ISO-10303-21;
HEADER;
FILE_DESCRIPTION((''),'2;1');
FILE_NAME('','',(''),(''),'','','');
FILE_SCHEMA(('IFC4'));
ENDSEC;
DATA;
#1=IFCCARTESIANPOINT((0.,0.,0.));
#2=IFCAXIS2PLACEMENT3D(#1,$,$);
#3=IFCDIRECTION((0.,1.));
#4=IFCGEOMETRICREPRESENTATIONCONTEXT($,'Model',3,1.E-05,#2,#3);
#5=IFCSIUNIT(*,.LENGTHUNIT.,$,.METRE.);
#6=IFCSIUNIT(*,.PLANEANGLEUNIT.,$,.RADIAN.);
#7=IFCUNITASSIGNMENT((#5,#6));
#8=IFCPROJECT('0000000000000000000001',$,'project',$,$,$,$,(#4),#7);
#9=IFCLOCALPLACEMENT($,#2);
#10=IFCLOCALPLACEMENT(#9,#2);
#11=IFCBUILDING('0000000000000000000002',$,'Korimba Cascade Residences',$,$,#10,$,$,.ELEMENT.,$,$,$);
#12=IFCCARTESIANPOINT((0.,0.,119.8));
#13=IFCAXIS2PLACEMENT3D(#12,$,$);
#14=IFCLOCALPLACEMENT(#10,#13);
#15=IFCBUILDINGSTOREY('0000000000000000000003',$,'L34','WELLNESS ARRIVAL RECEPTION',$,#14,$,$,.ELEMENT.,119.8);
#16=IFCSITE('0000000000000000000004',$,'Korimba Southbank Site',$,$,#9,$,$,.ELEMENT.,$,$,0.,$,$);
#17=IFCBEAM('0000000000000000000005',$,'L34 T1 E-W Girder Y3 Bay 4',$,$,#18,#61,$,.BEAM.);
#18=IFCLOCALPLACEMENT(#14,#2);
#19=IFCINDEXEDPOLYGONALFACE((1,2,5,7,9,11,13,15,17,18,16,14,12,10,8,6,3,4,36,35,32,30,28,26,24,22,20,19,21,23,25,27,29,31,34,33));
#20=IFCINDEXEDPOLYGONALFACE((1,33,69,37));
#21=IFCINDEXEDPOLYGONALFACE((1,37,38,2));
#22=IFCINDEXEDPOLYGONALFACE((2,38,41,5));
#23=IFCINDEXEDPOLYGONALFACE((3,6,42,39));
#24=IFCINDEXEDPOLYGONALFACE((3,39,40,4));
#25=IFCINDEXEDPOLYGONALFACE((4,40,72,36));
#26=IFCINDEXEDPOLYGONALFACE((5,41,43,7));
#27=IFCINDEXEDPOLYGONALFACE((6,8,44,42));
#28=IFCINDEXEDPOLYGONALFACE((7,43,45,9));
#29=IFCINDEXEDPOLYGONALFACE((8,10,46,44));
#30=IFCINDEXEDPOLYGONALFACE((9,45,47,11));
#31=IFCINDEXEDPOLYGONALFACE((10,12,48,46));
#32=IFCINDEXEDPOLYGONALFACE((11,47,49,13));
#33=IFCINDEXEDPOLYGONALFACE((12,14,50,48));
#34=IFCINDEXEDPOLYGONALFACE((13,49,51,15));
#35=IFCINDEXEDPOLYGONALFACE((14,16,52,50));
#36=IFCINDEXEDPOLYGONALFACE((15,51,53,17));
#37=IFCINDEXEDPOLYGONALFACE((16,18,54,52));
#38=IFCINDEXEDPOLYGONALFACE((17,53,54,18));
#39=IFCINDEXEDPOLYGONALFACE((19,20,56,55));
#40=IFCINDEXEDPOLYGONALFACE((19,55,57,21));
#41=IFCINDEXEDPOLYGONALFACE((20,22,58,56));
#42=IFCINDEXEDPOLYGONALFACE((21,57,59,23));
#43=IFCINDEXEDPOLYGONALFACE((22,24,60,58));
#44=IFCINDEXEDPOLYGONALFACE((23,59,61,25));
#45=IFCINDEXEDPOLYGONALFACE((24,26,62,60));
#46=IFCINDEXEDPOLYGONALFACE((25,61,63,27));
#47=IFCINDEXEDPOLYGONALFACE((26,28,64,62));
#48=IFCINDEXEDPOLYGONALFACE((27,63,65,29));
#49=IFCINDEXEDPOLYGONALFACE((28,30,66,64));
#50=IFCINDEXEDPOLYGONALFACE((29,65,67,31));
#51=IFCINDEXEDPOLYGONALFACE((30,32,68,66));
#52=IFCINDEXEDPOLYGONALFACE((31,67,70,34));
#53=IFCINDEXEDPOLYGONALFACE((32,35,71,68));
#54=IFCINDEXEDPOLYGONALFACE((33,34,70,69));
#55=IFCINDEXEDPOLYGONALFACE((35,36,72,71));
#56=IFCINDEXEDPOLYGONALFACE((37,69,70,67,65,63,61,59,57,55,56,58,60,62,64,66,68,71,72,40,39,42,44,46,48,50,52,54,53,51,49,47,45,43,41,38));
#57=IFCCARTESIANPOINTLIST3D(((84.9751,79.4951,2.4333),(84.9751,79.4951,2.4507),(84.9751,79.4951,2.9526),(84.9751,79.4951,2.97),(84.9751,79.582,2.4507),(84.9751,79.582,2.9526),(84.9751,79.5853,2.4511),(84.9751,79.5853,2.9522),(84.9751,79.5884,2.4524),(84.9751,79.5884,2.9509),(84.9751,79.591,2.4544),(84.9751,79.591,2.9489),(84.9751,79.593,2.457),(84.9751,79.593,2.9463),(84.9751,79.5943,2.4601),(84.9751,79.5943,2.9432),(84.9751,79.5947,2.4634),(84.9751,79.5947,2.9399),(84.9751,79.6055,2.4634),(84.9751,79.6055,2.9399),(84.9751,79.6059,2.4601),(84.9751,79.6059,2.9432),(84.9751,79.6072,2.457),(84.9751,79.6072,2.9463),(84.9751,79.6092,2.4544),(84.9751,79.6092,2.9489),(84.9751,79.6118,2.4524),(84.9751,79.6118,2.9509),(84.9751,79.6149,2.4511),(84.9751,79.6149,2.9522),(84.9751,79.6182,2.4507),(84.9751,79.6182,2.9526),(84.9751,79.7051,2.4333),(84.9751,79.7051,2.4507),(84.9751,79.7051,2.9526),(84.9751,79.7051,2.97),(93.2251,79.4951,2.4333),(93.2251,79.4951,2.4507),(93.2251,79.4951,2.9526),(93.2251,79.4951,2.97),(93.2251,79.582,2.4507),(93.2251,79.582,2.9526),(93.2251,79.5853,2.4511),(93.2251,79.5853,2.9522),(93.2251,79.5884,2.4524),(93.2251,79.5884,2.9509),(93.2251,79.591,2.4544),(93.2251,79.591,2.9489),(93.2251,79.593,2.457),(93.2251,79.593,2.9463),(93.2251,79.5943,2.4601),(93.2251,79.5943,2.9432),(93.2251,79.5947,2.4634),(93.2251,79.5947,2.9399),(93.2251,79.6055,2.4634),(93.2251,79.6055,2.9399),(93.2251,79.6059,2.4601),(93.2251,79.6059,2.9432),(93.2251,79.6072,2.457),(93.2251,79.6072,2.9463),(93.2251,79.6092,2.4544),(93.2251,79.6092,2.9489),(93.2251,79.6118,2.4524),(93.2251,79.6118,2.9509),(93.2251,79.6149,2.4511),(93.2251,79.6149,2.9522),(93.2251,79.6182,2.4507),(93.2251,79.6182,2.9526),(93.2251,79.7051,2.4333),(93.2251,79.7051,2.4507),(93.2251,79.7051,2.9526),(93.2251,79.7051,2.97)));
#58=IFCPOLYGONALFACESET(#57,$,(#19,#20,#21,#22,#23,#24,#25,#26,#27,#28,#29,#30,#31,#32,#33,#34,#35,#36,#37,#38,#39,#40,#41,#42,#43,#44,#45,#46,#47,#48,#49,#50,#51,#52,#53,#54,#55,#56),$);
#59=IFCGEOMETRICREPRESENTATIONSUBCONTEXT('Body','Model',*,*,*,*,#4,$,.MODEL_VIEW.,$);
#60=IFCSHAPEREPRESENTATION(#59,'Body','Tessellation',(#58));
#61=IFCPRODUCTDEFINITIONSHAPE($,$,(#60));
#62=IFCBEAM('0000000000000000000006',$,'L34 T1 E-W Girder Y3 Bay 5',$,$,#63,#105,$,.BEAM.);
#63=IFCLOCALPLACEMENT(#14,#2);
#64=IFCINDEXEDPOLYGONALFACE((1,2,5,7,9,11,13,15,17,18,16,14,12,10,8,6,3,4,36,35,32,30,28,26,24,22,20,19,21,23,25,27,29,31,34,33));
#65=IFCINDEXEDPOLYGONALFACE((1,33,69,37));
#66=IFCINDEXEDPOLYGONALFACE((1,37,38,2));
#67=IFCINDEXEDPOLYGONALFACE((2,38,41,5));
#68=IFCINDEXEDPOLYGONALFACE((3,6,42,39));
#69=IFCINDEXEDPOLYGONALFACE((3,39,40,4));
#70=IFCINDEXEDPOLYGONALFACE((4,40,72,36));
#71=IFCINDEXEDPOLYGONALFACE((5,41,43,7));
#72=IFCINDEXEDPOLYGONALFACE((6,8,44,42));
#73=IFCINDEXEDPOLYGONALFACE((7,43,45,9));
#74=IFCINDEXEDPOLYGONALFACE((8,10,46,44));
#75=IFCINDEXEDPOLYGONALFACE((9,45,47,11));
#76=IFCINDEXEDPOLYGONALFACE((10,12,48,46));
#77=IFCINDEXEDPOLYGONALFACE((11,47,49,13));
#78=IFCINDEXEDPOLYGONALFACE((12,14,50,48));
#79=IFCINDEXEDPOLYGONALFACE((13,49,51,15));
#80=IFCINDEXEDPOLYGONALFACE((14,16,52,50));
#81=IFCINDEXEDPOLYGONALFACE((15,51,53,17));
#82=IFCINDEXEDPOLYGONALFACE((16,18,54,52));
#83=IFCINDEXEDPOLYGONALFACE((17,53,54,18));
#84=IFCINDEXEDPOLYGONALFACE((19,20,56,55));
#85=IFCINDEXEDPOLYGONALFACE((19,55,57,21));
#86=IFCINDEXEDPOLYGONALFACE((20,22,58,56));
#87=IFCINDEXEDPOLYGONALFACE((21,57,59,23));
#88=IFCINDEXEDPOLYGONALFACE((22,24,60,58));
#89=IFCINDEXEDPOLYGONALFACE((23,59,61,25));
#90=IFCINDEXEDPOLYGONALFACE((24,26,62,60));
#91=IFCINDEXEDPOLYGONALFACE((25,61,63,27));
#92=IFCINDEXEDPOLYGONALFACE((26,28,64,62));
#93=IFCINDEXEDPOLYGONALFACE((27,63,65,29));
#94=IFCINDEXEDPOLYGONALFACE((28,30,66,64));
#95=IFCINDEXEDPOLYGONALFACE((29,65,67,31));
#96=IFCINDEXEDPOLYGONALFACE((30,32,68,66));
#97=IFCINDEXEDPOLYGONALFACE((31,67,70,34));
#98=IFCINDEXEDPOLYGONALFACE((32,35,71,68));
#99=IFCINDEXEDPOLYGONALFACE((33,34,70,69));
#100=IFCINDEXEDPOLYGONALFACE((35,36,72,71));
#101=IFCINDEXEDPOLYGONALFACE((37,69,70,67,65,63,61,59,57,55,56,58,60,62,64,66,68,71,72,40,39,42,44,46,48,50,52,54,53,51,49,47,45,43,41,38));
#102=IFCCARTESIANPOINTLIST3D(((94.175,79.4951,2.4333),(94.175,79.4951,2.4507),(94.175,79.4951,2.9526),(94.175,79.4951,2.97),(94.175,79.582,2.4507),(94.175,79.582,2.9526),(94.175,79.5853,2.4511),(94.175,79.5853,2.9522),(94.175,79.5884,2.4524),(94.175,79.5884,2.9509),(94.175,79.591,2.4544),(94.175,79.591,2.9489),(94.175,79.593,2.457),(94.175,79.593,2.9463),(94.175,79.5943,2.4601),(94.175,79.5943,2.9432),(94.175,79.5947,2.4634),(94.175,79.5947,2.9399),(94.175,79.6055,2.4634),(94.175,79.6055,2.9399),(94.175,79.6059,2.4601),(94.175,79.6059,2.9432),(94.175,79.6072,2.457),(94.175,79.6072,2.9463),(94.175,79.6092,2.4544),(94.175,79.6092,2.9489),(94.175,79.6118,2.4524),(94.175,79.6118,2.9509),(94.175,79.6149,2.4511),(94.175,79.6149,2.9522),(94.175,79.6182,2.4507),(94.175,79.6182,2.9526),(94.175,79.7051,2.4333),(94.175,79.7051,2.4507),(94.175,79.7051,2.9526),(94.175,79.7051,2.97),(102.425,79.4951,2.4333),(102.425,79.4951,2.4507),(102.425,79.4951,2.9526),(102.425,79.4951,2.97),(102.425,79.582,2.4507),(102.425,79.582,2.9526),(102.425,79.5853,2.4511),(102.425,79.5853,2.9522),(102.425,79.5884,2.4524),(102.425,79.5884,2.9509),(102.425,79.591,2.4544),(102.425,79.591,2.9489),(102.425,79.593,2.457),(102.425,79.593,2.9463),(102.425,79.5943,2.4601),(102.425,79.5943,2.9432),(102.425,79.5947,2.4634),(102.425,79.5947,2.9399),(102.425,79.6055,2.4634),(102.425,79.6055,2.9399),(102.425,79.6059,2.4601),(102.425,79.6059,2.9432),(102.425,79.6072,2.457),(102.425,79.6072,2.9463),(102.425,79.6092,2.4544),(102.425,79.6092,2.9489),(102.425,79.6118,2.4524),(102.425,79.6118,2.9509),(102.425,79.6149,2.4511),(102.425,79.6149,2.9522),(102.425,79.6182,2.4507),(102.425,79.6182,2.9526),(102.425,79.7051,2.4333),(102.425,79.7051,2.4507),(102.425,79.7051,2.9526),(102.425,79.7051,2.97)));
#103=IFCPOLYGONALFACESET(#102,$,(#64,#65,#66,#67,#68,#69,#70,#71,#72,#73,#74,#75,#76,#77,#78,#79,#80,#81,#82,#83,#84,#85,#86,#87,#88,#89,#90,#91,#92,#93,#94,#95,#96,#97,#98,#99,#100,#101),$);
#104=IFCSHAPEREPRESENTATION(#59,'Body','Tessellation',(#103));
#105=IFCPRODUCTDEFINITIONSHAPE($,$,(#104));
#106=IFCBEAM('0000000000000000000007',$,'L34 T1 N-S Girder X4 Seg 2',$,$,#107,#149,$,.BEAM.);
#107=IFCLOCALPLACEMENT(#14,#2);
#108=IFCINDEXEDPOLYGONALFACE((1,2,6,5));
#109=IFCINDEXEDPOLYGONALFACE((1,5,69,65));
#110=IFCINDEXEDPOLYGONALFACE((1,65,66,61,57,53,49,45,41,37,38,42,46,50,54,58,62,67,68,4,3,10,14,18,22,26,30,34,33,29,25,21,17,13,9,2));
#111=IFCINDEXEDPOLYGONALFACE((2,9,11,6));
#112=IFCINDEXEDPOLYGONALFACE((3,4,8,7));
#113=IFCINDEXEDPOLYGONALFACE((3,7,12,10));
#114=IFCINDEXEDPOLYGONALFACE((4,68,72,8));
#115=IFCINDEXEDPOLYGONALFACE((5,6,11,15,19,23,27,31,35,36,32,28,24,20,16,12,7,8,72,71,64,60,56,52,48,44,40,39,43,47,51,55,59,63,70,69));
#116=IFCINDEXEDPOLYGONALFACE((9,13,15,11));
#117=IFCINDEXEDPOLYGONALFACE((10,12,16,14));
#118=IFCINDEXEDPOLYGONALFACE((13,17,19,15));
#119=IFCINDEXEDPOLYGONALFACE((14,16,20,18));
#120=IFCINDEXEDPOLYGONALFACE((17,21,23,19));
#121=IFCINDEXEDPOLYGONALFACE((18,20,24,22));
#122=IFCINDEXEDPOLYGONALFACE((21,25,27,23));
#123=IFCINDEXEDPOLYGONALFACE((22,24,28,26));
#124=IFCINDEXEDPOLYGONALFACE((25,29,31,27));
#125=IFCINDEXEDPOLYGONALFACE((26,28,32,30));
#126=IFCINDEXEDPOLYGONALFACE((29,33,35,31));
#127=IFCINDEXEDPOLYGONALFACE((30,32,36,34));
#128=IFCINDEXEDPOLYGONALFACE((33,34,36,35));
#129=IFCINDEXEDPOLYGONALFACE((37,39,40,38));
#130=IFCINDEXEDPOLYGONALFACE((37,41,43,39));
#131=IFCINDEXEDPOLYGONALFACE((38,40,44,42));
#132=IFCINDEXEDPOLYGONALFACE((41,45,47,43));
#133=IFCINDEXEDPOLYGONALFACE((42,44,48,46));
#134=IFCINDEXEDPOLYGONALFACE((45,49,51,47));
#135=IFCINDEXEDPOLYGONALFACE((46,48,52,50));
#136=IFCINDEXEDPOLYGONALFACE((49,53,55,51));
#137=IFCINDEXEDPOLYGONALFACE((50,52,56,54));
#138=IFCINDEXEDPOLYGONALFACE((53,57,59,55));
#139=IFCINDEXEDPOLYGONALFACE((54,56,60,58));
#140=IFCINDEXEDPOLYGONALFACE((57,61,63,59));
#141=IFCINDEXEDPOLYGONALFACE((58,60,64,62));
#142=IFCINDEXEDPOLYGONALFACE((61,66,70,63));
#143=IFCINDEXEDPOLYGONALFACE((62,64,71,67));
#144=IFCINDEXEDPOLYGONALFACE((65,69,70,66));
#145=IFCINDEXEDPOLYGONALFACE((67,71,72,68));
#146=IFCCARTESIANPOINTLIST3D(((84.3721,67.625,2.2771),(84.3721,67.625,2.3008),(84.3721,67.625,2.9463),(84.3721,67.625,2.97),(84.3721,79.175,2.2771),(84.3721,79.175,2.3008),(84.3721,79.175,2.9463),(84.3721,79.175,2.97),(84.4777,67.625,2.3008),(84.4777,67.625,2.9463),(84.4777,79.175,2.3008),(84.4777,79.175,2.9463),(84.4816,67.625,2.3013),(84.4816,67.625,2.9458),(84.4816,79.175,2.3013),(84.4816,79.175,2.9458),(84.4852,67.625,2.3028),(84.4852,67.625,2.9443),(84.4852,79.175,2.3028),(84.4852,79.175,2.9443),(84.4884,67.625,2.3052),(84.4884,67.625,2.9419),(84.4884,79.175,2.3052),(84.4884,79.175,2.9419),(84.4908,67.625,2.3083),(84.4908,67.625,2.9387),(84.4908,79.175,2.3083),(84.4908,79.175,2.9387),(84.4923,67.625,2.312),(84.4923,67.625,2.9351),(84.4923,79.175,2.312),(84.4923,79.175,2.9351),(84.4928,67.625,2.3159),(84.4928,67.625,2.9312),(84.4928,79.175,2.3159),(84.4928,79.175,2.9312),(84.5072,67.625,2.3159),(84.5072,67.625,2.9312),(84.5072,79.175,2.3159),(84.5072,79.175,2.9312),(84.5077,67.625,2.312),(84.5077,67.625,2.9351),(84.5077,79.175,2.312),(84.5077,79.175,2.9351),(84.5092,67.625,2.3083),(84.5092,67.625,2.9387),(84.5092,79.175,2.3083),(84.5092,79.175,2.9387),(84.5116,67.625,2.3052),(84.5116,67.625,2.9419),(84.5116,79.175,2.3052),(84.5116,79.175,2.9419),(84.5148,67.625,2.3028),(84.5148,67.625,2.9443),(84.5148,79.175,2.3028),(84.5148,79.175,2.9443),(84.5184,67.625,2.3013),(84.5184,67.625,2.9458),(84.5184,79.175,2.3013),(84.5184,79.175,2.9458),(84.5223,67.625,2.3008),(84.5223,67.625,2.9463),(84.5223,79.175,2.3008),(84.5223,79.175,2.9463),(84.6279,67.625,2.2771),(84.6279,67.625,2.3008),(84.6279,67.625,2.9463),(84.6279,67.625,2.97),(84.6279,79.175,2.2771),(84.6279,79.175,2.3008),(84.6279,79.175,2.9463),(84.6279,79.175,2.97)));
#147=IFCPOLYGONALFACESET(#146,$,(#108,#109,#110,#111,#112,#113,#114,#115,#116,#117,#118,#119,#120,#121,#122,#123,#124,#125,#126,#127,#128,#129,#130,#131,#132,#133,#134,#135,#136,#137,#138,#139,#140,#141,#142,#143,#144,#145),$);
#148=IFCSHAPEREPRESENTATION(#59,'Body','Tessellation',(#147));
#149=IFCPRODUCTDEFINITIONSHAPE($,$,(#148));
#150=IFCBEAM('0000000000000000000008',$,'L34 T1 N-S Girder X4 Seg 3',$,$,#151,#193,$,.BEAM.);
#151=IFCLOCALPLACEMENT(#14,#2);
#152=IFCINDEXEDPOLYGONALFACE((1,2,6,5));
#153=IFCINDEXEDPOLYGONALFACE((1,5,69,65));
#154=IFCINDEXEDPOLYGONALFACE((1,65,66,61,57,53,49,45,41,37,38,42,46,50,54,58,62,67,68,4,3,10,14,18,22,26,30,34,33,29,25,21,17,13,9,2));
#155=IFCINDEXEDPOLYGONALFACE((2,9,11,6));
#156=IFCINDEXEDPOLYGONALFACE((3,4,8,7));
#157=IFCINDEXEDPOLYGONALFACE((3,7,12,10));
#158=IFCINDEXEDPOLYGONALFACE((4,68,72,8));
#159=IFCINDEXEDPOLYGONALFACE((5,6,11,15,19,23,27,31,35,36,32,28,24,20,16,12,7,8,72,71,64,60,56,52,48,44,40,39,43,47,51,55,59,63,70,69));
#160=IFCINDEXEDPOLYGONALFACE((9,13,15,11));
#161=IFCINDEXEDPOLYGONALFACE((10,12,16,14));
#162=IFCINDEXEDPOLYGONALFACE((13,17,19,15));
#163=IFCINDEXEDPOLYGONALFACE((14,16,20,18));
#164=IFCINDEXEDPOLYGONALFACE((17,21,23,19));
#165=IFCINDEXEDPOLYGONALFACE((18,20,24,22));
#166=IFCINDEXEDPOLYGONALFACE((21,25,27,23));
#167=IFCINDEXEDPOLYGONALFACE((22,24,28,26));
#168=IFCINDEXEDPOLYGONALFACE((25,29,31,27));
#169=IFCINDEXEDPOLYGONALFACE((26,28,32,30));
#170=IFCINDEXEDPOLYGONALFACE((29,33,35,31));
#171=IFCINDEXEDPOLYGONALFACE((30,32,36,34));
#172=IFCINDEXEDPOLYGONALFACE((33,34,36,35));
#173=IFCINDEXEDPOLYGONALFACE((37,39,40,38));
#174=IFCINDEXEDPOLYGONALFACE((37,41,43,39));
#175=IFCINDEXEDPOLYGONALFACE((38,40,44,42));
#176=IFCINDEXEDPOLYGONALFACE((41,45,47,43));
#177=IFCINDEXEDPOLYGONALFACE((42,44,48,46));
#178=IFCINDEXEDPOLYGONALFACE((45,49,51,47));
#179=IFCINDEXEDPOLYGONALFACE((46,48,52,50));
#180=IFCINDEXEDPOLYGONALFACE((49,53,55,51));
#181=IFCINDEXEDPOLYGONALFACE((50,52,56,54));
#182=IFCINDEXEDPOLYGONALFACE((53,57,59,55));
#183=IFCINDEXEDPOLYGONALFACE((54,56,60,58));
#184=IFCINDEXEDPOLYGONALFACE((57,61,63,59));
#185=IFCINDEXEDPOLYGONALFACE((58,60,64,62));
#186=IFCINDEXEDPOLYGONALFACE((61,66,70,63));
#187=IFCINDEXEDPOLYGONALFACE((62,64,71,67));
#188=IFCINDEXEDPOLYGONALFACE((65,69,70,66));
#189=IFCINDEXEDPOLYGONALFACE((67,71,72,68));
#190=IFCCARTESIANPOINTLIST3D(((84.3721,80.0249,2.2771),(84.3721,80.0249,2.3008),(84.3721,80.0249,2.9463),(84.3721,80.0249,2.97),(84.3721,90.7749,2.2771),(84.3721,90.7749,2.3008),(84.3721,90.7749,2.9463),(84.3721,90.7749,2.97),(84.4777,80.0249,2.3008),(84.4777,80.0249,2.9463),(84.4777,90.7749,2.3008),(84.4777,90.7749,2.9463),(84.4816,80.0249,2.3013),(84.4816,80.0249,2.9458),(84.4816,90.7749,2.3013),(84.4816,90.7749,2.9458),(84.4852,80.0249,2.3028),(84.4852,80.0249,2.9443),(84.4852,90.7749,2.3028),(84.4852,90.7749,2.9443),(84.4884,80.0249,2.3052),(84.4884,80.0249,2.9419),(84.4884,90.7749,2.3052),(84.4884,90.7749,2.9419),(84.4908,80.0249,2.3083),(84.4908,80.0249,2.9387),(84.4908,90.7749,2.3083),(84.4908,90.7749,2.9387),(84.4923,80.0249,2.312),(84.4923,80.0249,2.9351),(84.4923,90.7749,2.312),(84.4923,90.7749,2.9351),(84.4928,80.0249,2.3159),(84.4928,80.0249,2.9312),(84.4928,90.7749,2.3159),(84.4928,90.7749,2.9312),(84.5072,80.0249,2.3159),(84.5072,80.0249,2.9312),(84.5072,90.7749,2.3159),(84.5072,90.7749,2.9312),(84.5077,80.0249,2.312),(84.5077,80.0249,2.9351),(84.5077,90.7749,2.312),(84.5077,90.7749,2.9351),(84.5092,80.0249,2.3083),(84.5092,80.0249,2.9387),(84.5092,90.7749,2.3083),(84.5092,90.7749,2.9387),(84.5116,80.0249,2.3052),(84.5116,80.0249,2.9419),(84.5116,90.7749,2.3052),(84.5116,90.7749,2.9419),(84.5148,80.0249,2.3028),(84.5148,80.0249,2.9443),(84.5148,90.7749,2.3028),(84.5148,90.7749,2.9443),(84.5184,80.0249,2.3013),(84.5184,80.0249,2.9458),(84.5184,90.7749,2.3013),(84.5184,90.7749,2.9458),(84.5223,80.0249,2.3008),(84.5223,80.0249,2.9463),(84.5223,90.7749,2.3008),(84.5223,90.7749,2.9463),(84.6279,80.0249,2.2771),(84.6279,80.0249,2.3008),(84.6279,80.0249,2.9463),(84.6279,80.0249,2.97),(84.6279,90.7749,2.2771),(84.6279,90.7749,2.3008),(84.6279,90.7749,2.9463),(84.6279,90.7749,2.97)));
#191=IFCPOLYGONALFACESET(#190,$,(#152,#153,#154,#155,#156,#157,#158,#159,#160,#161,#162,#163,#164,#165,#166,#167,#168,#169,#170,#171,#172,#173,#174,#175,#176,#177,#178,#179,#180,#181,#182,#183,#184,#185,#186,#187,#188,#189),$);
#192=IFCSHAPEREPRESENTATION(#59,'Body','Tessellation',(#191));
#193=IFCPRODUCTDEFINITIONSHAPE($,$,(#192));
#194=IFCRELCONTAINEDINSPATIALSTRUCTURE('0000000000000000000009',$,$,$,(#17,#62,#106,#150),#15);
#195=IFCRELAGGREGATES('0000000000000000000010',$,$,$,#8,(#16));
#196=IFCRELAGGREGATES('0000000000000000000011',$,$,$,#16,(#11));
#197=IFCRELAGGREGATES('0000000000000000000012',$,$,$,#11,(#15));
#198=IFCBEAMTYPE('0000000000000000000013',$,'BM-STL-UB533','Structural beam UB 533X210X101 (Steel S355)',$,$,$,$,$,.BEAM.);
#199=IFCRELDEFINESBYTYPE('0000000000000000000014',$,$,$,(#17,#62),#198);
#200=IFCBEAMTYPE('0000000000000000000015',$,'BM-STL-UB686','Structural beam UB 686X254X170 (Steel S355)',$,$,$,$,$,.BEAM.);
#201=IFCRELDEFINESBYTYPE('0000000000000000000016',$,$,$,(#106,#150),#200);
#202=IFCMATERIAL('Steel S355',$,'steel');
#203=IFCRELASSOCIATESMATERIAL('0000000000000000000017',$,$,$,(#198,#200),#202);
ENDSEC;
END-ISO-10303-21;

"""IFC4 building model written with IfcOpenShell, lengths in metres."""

from ifc_helpers import new_model, si_unit, direction, frame, origin, origin_2d, place, context, subcontext, project, spatial, i_section, extrude, material, material_profile, profile_set, type_object, element, save


model = new_model("IFC4")

# Units and contexts
model_context = context("Model", 3, precision=1e-05, world=origin(), true_north=direction((0.0, 1.0)))
body_context = subcontext(model_context, "Body", "Model", "MODEL_VIEW")
ifc_project = project(units=[si_unit("LENGTHUNIT", "METRE"), si_unit("PLANEANGLEUNIT", "RADIAN")], contexts=[model_context])

# Site, building, storey
site_placement = place(None, origin())
site = spatial("IfcSite", under=ifc_project, at=site_placement, Name="Korimba Southbank Site", CompositionType="ELEMENT", RefElevation=0.0)
building_placement = place(site_placement, origin())
building = spatial("IfcBuilding", under=site, at=building_placement, Name="Korimba Cascade Residences", CompositionType="ELEMENT")
storey_placement = place(building_placement, frame((0.0, 0.0, 119.8)))
storey = spatial("IfcBuildingStorey", under=building, at=storey_placement, Name="L34", Description="WELLNESS ARRIVAL RECEPTION", CompositionType="ELEMENT", Elevation=119.8)

# Beams
ifc_material_1 = material(Name="Steel S355", Category="steel")
ifc_material_profile_1 = material_profile(ifc_material_1, i_section(OverallWidth=0.21, OverallDepth=0.5366, WebThickness=0.0107, FlangeThickness=0.0173, FilletRadius=0.0127, at=origin_2d()), Name="Steel S355")
ifc_profile_set_1 = profile_set([ifc_material_profile_1], Name="Steel S355")
beam_type_1 = type_object("IfcBeamType", Name="BM-STL-UB533", Description="Structural beam UB 533X210X101 (Steel S355)", PredefinedType="BEAM", material=ifc_profile_set_1)
for number, where, z_axis, x_axis, name in (
    (1, (84.9751, 79.6001, 2.7017), (1.0, 0.0, 0.0), (0.0, 1.0, 0.0), "L34 T1 E-W Girder Y3 Bay 4"),
    (2, (94.175, 79.6001, 2.7017), (1.0, 0.0, 0.0), (0.0, 1.0, 0.0), "L34 T1 E-W Girder Y3 Bay 5"),
):
    element("IfcBeam", number, at=place(storey_placement, frame(where, z_axis=z_axis, x_axis=x_axis)), inside=storey, type_object=beam_type_1, Name=name, PredefinedType="BEAM", context=body_context, shape_type="SweptSolid", body=[
        extrude(i_section(OverallWidth=0.21, OverallDepth=0.5366, WebThickness=0.0107, FlangeThickness=0.0173, FilletRadius=0.0127, at=origin_2d()), origin(), (0.0, 0.0, 1.0), 8.25),
    ])
ifc_material_profile_2 = material_profile(ifc_material_1, i_section(OverallWidth=0.2559, OverallDepth=0.6929, WebThickness=0.0144, FlangeThickness=0.0237, FilletRadius=0.0151, at=origin_2d()), Name="Steel S355")
ifc_profile_set_2 = profile_set([ifc_material_profile_2], Name="Steel S355")
beam_type_2 = type_object("IfcBeamType", Name="BM-STL-UB686", Description="Structural beam UB 686X254X170 (Steel S355)", PredefinedType="BEAM", material=ifc_profile_set_2)
beam_1_placement = place(storey_placement, frame((84.5, 67.625, 2.6235), z_axis=(0.0, 1.0, 0.0), x_axis=(-1.0, 0.0, 0.0)))
element("IfcBeam", 3, at=beam_1_placement, inside=storey, type_object=beam_type_2, Name="L34 T1 N-S Girder X4 Seg 2", PredefinedType="BEAM", context=body_context, shape_type="SweptSolid", body=[
    extrude(i_section(OverallWidth=0.2559, OverallDepth=0.6929, WebThickness=0.0144, FlangeThickness=0.0237, FilletRadius=0.0151, at=origin_2d()), origin(), (0.0, 0.0, 1.0), 11.55),
])
beam_2_placement = place(storey_placement, frame((84.5, 80.0249, 2.6235), z_axis=(0.0, 1.0, 0.0), x_axis=(-1.0, 0.0, 0.0)))
element("IfcBeam", 4, at=beam_2_placement, inside=storey, type_object=beam_type_2, Name="L34 T1 N-S Girder X4 Seg 3", PredefinedType="BEAM", context=body_context, shape_type="SweptSolid", body=[
    extrude(i_section(OverallWidth=0.2559, OverallDepth=0.6929, WebThickness=0.0144, FlangeThickness=0.0237, FilletRadius=0.0151, at=origin_2d()), origin(), (0.0, 0.0, 1.0), 10.75),
])

save(model, "model.ifc")
